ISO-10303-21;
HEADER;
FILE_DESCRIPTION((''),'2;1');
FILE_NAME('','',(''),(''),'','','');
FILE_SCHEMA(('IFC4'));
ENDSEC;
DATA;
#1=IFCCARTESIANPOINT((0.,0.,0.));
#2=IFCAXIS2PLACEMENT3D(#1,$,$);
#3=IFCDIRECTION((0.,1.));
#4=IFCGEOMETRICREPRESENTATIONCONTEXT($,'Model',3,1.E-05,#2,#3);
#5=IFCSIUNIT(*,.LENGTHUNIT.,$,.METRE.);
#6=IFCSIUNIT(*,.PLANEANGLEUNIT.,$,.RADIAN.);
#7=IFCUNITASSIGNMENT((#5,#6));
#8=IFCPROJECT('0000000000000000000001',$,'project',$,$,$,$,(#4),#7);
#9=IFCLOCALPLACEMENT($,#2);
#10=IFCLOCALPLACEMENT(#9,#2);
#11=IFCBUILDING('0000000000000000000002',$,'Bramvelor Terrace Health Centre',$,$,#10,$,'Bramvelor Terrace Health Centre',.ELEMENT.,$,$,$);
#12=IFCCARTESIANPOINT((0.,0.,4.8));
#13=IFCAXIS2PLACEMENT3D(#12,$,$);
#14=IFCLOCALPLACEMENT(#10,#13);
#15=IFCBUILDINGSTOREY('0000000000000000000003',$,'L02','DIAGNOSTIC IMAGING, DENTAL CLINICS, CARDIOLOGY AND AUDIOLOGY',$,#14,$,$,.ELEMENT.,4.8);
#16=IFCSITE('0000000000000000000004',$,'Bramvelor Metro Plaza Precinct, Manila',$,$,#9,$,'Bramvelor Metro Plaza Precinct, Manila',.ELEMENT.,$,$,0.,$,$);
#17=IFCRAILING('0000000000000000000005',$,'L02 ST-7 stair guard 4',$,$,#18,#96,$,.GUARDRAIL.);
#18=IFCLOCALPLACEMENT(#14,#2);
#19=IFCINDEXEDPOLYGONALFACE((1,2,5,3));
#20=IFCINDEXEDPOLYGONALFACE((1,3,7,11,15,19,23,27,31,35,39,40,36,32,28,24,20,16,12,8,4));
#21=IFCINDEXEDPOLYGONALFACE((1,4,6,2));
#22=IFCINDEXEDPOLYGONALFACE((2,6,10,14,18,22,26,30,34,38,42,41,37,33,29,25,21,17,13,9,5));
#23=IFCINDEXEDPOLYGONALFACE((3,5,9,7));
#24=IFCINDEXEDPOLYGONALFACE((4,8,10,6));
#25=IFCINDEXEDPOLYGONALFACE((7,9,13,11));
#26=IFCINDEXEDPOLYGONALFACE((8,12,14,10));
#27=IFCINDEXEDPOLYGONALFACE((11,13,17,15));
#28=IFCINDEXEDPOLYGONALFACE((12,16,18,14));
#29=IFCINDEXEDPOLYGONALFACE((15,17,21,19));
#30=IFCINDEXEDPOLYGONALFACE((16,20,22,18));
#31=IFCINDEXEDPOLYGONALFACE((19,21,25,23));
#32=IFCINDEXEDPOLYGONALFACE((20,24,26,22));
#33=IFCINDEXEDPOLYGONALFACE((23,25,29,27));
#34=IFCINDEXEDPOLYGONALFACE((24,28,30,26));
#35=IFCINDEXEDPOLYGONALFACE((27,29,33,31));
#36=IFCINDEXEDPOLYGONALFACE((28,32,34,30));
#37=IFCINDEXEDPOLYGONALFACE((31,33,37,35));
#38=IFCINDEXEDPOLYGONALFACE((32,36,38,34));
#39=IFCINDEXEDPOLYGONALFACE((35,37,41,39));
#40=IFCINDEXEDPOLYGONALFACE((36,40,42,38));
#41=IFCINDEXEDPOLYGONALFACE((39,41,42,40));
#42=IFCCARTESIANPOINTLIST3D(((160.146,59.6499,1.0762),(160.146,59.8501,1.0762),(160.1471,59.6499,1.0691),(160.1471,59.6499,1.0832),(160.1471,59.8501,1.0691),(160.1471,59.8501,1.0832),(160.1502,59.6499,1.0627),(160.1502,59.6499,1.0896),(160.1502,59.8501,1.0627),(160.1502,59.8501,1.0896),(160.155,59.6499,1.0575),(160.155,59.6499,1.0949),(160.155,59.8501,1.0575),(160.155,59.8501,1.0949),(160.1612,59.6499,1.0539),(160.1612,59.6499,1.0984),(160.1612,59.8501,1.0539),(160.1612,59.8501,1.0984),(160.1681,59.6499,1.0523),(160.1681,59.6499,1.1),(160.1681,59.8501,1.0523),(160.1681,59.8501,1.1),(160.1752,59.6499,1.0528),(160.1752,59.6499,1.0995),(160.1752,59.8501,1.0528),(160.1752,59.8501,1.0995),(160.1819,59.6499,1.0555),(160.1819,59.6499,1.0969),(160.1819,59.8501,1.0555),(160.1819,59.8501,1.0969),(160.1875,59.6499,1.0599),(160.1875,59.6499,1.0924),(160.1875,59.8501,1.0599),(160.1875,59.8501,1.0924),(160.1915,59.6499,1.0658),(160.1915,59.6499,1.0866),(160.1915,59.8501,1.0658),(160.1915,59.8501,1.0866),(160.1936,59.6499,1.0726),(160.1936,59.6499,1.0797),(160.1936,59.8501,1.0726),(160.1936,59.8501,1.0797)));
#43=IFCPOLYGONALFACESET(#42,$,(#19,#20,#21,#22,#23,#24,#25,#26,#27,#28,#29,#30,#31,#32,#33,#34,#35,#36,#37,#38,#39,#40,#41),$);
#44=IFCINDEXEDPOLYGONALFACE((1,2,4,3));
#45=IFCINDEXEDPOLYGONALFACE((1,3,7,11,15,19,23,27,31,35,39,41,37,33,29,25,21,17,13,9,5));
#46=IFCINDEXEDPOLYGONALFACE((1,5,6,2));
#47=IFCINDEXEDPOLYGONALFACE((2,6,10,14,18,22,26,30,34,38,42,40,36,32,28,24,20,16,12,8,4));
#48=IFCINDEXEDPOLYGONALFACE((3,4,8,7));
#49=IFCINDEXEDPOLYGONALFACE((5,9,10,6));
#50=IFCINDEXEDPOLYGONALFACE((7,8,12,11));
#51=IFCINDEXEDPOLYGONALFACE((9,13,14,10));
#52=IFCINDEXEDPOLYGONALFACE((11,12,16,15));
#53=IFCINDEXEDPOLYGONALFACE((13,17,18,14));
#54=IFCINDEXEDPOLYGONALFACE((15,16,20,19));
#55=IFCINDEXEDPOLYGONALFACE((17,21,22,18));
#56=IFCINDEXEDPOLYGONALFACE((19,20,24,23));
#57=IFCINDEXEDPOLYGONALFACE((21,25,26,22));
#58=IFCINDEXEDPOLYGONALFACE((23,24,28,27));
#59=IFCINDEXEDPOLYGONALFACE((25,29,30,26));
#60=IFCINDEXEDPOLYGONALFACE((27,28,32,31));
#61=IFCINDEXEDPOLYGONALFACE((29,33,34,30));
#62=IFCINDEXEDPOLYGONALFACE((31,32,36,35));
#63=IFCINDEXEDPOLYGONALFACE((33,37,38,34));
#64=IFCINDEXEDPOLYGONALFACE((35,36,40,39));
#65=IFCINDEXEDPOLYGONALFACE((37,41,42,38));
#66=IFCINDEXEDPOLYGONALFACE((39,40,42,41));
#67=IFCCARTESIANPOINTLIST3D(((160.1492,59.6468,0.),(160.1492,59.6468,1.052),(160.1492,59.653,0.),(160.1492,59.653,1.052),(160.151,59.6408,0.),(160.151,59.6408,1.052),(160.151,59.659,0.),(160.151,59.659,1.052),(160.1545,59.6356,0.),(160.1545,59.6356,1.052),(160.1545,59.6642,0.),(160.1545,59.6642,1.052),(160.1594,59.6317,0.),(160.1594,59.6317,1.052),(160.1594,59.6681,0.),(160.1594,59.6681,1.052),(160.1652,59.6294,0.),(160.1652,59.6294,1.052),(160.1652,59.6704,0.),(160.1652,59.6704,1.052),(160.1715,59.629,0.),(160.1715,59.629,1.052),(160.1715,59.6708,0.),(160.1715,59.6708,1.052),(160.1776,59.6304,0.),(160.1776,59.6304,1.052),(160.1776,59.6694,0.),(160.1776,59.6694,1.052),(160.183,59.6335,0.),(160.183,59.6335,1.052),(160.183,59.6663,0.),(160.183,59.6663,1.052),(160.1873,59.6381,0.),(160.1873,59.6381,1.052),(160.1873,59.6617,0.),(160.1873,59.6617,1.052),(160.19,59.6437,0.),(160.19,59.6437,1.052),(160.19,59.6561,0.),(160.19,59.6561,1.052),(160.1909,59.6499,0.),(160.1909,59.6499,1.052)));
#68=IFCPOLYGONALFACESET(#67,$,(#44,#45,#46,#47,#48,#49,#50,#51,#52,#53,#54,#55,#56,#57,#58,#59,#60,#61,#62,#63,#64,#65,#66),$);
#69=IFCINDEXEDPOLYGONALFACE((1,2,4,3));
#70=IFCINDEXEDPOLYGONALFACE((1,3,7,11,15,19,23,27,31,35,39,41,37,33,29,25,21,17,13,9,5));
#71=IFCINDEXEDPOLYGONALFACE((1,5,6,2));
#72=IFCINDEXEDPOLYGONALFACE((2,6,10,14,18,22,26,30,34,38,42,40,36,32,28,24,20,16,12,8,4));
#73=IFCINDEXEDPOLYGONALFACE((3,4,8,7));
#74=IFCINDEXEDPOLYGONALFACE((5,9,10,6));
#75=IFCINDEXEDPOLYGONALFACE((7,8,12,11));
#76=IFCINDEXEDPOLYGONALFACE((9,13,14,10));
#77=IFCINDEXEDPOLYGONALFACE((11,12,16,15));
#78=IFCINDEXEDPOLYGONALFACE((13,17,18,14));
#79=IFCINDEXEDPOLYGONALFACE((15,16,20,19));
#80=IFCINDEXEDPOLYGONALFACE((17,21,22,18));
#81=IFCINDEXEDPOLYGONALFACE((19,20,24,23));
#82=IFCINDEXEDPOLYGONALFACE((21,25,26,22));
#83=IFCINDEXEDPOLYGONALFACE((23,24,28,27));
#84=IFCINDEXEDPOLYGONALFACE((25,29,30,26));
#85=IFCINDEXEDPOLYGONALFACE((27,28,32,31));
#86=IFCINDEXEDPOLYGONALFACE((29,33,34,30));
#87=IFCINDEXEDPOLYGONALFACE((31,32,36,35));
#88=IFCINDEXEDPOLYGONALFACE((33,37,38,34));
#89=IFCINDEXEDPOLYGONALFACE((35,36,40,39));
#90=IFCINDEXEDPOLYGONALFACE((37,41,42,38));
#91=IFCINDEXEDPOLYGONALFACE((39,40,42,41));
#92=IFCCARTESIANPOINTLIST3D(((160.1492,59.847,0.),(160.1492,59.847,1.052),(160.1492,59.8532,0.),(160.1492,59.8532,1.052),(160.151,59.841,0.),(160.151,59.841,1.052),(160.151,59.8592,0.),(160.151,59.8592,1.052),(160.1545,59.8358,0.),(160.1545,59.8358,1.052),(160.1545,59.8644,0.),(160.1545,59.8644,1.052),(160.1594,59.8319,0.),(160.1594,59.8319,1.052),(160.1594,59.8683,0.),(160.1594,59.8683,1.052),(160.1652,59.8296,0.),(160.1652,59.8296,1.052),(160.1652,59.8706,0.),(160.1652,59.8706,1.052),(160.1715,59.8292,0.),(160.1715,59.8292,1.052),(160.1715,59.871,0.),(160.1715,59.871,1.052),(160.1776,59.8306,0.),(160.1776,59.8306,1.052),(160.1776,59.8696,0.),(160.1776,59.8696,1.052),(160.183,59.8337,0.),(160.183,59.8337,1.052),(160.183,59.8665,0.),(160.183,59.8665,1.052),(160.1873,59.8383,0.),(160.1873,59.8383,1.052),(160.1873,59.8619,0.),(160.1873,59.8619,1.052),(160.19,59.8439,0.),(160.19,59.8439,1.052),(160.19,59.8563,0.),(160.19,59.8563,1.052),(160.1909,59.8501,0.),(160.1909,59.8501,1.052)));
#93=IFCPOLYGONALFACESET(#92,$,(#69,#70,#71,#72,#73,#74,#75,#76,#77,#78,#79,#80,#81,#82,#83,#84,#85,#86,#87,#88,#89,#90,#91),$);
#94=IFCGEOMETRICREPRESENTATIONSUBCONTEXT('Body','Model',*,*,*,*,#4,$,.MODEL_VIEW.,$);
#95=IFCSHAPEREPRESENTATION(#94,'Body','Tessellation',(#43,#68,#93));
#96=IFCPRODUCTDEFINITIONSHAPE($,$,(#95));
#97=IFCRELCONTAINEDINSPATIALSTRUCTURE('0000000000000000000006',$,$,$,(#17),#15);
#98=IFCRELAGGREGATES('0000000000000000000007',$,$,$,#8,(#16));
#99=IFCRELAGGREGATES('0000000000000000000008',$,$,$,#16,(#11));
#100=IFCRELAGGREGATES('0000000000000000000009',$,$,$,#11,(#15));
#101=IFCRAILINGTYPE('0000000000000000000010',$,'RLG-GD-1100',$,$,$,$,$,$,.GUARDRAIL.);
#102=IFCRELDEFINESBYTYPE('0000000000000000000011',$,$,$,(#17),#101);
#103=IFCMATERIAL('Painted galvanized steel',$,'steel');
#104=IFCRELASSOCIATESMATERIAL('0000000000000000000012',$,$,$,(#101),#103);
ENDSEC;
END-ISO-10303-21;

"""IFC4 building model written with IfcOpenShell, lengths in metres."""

from ifc_helpers import new_model, si_unit, direction, frame, origin, origin_2d, place, context, subcontext, project, spatial, circle, extrude, material, type_object, element, save


model = new_model("IFC4")

# Units and contexts
model_context = context("Model", 3, precision=1e-05, world=origin(), true_north=direction((0.0, 1.0)))
body_context = subcontext(model_context, "Body", "Model", "MODEL_VIEW")
ifc_project = project(units=[si_unit("LENGTHUNIT", "METRE"), si_unit("PLANEANGLEUNIT", "RADIAN")], contexts=[model_context])

# Site, building, storey
site_placement = place(None, origin())
site = spatial("IfcSite", under=ifc_project, at=site_placement, Name="Bramvelor Metro Plaza Precinct, Manila", LongName="Bramvelor Metro Plaza Precinct, Manila", CompositionType="ELEMENT", RefElevation=0.0)
building_placement = place(site_placement, origin())
building = spatial("IfcBuilding", under=site, at=building_placement, Name="Bramvelor Terrace Health Centre", LongName="Bramvelor Terrace Health Centre", CompositionType="ELEMENT")
storey_placement = place(building_placement, frame((0.0, 0.0, 4.8)))
storey = spatial("IfcBuildingStorey", under=building, at=storey_placement, Name="L02", Description="DIAGNOSTIC IMAGING, DENTAL CLINICS, CARDIOLOGY AND AUDIOLOGY", CompositionType="ELEMENT", Elevation=4.8)

# Railing
ifc_material_1 = material(Name="Painted galvanized steel", Category="steel")
railing_type_1 = type_object("IfcRailingType", Name="RLG-GD-1100", PredefinedType="GUARDRAIL", material=ifc_material_1)
railing_1_placement = place(storey_placement, frame((160.1699, 59.6499, 0.0)))
element("IfcRailing", 1, at=railing_1_placement, inside=storey, type_object=railing_type_1, Name="L02 ST-7 stair guard 4", PredefinedType="GUARDRAIL", context=body_context, shape_type="SweptSolid", body=[
    extrude(circle(Radius=0.0239, at=origin_2d()), frame((0.0, 0.0, 1.0762), z_axis=(0.0, 1.0, 0.0), x_axis=(-1.0, 0.0, 0.0)), (0.0, 0.0, 1.0), 0.2002),
    extrude(circle(Radius=0.021, at=origin_2d()), origin(), (0.0, 0.0, 1.0), 1.052),
    extrude(circle(Radius=0.021, at=origin_2d()), frame((0.0, 0.2002, 0.0)), (0.0, 0.0, 1.0), 1.052),
])

save(model, "model.ifc")
